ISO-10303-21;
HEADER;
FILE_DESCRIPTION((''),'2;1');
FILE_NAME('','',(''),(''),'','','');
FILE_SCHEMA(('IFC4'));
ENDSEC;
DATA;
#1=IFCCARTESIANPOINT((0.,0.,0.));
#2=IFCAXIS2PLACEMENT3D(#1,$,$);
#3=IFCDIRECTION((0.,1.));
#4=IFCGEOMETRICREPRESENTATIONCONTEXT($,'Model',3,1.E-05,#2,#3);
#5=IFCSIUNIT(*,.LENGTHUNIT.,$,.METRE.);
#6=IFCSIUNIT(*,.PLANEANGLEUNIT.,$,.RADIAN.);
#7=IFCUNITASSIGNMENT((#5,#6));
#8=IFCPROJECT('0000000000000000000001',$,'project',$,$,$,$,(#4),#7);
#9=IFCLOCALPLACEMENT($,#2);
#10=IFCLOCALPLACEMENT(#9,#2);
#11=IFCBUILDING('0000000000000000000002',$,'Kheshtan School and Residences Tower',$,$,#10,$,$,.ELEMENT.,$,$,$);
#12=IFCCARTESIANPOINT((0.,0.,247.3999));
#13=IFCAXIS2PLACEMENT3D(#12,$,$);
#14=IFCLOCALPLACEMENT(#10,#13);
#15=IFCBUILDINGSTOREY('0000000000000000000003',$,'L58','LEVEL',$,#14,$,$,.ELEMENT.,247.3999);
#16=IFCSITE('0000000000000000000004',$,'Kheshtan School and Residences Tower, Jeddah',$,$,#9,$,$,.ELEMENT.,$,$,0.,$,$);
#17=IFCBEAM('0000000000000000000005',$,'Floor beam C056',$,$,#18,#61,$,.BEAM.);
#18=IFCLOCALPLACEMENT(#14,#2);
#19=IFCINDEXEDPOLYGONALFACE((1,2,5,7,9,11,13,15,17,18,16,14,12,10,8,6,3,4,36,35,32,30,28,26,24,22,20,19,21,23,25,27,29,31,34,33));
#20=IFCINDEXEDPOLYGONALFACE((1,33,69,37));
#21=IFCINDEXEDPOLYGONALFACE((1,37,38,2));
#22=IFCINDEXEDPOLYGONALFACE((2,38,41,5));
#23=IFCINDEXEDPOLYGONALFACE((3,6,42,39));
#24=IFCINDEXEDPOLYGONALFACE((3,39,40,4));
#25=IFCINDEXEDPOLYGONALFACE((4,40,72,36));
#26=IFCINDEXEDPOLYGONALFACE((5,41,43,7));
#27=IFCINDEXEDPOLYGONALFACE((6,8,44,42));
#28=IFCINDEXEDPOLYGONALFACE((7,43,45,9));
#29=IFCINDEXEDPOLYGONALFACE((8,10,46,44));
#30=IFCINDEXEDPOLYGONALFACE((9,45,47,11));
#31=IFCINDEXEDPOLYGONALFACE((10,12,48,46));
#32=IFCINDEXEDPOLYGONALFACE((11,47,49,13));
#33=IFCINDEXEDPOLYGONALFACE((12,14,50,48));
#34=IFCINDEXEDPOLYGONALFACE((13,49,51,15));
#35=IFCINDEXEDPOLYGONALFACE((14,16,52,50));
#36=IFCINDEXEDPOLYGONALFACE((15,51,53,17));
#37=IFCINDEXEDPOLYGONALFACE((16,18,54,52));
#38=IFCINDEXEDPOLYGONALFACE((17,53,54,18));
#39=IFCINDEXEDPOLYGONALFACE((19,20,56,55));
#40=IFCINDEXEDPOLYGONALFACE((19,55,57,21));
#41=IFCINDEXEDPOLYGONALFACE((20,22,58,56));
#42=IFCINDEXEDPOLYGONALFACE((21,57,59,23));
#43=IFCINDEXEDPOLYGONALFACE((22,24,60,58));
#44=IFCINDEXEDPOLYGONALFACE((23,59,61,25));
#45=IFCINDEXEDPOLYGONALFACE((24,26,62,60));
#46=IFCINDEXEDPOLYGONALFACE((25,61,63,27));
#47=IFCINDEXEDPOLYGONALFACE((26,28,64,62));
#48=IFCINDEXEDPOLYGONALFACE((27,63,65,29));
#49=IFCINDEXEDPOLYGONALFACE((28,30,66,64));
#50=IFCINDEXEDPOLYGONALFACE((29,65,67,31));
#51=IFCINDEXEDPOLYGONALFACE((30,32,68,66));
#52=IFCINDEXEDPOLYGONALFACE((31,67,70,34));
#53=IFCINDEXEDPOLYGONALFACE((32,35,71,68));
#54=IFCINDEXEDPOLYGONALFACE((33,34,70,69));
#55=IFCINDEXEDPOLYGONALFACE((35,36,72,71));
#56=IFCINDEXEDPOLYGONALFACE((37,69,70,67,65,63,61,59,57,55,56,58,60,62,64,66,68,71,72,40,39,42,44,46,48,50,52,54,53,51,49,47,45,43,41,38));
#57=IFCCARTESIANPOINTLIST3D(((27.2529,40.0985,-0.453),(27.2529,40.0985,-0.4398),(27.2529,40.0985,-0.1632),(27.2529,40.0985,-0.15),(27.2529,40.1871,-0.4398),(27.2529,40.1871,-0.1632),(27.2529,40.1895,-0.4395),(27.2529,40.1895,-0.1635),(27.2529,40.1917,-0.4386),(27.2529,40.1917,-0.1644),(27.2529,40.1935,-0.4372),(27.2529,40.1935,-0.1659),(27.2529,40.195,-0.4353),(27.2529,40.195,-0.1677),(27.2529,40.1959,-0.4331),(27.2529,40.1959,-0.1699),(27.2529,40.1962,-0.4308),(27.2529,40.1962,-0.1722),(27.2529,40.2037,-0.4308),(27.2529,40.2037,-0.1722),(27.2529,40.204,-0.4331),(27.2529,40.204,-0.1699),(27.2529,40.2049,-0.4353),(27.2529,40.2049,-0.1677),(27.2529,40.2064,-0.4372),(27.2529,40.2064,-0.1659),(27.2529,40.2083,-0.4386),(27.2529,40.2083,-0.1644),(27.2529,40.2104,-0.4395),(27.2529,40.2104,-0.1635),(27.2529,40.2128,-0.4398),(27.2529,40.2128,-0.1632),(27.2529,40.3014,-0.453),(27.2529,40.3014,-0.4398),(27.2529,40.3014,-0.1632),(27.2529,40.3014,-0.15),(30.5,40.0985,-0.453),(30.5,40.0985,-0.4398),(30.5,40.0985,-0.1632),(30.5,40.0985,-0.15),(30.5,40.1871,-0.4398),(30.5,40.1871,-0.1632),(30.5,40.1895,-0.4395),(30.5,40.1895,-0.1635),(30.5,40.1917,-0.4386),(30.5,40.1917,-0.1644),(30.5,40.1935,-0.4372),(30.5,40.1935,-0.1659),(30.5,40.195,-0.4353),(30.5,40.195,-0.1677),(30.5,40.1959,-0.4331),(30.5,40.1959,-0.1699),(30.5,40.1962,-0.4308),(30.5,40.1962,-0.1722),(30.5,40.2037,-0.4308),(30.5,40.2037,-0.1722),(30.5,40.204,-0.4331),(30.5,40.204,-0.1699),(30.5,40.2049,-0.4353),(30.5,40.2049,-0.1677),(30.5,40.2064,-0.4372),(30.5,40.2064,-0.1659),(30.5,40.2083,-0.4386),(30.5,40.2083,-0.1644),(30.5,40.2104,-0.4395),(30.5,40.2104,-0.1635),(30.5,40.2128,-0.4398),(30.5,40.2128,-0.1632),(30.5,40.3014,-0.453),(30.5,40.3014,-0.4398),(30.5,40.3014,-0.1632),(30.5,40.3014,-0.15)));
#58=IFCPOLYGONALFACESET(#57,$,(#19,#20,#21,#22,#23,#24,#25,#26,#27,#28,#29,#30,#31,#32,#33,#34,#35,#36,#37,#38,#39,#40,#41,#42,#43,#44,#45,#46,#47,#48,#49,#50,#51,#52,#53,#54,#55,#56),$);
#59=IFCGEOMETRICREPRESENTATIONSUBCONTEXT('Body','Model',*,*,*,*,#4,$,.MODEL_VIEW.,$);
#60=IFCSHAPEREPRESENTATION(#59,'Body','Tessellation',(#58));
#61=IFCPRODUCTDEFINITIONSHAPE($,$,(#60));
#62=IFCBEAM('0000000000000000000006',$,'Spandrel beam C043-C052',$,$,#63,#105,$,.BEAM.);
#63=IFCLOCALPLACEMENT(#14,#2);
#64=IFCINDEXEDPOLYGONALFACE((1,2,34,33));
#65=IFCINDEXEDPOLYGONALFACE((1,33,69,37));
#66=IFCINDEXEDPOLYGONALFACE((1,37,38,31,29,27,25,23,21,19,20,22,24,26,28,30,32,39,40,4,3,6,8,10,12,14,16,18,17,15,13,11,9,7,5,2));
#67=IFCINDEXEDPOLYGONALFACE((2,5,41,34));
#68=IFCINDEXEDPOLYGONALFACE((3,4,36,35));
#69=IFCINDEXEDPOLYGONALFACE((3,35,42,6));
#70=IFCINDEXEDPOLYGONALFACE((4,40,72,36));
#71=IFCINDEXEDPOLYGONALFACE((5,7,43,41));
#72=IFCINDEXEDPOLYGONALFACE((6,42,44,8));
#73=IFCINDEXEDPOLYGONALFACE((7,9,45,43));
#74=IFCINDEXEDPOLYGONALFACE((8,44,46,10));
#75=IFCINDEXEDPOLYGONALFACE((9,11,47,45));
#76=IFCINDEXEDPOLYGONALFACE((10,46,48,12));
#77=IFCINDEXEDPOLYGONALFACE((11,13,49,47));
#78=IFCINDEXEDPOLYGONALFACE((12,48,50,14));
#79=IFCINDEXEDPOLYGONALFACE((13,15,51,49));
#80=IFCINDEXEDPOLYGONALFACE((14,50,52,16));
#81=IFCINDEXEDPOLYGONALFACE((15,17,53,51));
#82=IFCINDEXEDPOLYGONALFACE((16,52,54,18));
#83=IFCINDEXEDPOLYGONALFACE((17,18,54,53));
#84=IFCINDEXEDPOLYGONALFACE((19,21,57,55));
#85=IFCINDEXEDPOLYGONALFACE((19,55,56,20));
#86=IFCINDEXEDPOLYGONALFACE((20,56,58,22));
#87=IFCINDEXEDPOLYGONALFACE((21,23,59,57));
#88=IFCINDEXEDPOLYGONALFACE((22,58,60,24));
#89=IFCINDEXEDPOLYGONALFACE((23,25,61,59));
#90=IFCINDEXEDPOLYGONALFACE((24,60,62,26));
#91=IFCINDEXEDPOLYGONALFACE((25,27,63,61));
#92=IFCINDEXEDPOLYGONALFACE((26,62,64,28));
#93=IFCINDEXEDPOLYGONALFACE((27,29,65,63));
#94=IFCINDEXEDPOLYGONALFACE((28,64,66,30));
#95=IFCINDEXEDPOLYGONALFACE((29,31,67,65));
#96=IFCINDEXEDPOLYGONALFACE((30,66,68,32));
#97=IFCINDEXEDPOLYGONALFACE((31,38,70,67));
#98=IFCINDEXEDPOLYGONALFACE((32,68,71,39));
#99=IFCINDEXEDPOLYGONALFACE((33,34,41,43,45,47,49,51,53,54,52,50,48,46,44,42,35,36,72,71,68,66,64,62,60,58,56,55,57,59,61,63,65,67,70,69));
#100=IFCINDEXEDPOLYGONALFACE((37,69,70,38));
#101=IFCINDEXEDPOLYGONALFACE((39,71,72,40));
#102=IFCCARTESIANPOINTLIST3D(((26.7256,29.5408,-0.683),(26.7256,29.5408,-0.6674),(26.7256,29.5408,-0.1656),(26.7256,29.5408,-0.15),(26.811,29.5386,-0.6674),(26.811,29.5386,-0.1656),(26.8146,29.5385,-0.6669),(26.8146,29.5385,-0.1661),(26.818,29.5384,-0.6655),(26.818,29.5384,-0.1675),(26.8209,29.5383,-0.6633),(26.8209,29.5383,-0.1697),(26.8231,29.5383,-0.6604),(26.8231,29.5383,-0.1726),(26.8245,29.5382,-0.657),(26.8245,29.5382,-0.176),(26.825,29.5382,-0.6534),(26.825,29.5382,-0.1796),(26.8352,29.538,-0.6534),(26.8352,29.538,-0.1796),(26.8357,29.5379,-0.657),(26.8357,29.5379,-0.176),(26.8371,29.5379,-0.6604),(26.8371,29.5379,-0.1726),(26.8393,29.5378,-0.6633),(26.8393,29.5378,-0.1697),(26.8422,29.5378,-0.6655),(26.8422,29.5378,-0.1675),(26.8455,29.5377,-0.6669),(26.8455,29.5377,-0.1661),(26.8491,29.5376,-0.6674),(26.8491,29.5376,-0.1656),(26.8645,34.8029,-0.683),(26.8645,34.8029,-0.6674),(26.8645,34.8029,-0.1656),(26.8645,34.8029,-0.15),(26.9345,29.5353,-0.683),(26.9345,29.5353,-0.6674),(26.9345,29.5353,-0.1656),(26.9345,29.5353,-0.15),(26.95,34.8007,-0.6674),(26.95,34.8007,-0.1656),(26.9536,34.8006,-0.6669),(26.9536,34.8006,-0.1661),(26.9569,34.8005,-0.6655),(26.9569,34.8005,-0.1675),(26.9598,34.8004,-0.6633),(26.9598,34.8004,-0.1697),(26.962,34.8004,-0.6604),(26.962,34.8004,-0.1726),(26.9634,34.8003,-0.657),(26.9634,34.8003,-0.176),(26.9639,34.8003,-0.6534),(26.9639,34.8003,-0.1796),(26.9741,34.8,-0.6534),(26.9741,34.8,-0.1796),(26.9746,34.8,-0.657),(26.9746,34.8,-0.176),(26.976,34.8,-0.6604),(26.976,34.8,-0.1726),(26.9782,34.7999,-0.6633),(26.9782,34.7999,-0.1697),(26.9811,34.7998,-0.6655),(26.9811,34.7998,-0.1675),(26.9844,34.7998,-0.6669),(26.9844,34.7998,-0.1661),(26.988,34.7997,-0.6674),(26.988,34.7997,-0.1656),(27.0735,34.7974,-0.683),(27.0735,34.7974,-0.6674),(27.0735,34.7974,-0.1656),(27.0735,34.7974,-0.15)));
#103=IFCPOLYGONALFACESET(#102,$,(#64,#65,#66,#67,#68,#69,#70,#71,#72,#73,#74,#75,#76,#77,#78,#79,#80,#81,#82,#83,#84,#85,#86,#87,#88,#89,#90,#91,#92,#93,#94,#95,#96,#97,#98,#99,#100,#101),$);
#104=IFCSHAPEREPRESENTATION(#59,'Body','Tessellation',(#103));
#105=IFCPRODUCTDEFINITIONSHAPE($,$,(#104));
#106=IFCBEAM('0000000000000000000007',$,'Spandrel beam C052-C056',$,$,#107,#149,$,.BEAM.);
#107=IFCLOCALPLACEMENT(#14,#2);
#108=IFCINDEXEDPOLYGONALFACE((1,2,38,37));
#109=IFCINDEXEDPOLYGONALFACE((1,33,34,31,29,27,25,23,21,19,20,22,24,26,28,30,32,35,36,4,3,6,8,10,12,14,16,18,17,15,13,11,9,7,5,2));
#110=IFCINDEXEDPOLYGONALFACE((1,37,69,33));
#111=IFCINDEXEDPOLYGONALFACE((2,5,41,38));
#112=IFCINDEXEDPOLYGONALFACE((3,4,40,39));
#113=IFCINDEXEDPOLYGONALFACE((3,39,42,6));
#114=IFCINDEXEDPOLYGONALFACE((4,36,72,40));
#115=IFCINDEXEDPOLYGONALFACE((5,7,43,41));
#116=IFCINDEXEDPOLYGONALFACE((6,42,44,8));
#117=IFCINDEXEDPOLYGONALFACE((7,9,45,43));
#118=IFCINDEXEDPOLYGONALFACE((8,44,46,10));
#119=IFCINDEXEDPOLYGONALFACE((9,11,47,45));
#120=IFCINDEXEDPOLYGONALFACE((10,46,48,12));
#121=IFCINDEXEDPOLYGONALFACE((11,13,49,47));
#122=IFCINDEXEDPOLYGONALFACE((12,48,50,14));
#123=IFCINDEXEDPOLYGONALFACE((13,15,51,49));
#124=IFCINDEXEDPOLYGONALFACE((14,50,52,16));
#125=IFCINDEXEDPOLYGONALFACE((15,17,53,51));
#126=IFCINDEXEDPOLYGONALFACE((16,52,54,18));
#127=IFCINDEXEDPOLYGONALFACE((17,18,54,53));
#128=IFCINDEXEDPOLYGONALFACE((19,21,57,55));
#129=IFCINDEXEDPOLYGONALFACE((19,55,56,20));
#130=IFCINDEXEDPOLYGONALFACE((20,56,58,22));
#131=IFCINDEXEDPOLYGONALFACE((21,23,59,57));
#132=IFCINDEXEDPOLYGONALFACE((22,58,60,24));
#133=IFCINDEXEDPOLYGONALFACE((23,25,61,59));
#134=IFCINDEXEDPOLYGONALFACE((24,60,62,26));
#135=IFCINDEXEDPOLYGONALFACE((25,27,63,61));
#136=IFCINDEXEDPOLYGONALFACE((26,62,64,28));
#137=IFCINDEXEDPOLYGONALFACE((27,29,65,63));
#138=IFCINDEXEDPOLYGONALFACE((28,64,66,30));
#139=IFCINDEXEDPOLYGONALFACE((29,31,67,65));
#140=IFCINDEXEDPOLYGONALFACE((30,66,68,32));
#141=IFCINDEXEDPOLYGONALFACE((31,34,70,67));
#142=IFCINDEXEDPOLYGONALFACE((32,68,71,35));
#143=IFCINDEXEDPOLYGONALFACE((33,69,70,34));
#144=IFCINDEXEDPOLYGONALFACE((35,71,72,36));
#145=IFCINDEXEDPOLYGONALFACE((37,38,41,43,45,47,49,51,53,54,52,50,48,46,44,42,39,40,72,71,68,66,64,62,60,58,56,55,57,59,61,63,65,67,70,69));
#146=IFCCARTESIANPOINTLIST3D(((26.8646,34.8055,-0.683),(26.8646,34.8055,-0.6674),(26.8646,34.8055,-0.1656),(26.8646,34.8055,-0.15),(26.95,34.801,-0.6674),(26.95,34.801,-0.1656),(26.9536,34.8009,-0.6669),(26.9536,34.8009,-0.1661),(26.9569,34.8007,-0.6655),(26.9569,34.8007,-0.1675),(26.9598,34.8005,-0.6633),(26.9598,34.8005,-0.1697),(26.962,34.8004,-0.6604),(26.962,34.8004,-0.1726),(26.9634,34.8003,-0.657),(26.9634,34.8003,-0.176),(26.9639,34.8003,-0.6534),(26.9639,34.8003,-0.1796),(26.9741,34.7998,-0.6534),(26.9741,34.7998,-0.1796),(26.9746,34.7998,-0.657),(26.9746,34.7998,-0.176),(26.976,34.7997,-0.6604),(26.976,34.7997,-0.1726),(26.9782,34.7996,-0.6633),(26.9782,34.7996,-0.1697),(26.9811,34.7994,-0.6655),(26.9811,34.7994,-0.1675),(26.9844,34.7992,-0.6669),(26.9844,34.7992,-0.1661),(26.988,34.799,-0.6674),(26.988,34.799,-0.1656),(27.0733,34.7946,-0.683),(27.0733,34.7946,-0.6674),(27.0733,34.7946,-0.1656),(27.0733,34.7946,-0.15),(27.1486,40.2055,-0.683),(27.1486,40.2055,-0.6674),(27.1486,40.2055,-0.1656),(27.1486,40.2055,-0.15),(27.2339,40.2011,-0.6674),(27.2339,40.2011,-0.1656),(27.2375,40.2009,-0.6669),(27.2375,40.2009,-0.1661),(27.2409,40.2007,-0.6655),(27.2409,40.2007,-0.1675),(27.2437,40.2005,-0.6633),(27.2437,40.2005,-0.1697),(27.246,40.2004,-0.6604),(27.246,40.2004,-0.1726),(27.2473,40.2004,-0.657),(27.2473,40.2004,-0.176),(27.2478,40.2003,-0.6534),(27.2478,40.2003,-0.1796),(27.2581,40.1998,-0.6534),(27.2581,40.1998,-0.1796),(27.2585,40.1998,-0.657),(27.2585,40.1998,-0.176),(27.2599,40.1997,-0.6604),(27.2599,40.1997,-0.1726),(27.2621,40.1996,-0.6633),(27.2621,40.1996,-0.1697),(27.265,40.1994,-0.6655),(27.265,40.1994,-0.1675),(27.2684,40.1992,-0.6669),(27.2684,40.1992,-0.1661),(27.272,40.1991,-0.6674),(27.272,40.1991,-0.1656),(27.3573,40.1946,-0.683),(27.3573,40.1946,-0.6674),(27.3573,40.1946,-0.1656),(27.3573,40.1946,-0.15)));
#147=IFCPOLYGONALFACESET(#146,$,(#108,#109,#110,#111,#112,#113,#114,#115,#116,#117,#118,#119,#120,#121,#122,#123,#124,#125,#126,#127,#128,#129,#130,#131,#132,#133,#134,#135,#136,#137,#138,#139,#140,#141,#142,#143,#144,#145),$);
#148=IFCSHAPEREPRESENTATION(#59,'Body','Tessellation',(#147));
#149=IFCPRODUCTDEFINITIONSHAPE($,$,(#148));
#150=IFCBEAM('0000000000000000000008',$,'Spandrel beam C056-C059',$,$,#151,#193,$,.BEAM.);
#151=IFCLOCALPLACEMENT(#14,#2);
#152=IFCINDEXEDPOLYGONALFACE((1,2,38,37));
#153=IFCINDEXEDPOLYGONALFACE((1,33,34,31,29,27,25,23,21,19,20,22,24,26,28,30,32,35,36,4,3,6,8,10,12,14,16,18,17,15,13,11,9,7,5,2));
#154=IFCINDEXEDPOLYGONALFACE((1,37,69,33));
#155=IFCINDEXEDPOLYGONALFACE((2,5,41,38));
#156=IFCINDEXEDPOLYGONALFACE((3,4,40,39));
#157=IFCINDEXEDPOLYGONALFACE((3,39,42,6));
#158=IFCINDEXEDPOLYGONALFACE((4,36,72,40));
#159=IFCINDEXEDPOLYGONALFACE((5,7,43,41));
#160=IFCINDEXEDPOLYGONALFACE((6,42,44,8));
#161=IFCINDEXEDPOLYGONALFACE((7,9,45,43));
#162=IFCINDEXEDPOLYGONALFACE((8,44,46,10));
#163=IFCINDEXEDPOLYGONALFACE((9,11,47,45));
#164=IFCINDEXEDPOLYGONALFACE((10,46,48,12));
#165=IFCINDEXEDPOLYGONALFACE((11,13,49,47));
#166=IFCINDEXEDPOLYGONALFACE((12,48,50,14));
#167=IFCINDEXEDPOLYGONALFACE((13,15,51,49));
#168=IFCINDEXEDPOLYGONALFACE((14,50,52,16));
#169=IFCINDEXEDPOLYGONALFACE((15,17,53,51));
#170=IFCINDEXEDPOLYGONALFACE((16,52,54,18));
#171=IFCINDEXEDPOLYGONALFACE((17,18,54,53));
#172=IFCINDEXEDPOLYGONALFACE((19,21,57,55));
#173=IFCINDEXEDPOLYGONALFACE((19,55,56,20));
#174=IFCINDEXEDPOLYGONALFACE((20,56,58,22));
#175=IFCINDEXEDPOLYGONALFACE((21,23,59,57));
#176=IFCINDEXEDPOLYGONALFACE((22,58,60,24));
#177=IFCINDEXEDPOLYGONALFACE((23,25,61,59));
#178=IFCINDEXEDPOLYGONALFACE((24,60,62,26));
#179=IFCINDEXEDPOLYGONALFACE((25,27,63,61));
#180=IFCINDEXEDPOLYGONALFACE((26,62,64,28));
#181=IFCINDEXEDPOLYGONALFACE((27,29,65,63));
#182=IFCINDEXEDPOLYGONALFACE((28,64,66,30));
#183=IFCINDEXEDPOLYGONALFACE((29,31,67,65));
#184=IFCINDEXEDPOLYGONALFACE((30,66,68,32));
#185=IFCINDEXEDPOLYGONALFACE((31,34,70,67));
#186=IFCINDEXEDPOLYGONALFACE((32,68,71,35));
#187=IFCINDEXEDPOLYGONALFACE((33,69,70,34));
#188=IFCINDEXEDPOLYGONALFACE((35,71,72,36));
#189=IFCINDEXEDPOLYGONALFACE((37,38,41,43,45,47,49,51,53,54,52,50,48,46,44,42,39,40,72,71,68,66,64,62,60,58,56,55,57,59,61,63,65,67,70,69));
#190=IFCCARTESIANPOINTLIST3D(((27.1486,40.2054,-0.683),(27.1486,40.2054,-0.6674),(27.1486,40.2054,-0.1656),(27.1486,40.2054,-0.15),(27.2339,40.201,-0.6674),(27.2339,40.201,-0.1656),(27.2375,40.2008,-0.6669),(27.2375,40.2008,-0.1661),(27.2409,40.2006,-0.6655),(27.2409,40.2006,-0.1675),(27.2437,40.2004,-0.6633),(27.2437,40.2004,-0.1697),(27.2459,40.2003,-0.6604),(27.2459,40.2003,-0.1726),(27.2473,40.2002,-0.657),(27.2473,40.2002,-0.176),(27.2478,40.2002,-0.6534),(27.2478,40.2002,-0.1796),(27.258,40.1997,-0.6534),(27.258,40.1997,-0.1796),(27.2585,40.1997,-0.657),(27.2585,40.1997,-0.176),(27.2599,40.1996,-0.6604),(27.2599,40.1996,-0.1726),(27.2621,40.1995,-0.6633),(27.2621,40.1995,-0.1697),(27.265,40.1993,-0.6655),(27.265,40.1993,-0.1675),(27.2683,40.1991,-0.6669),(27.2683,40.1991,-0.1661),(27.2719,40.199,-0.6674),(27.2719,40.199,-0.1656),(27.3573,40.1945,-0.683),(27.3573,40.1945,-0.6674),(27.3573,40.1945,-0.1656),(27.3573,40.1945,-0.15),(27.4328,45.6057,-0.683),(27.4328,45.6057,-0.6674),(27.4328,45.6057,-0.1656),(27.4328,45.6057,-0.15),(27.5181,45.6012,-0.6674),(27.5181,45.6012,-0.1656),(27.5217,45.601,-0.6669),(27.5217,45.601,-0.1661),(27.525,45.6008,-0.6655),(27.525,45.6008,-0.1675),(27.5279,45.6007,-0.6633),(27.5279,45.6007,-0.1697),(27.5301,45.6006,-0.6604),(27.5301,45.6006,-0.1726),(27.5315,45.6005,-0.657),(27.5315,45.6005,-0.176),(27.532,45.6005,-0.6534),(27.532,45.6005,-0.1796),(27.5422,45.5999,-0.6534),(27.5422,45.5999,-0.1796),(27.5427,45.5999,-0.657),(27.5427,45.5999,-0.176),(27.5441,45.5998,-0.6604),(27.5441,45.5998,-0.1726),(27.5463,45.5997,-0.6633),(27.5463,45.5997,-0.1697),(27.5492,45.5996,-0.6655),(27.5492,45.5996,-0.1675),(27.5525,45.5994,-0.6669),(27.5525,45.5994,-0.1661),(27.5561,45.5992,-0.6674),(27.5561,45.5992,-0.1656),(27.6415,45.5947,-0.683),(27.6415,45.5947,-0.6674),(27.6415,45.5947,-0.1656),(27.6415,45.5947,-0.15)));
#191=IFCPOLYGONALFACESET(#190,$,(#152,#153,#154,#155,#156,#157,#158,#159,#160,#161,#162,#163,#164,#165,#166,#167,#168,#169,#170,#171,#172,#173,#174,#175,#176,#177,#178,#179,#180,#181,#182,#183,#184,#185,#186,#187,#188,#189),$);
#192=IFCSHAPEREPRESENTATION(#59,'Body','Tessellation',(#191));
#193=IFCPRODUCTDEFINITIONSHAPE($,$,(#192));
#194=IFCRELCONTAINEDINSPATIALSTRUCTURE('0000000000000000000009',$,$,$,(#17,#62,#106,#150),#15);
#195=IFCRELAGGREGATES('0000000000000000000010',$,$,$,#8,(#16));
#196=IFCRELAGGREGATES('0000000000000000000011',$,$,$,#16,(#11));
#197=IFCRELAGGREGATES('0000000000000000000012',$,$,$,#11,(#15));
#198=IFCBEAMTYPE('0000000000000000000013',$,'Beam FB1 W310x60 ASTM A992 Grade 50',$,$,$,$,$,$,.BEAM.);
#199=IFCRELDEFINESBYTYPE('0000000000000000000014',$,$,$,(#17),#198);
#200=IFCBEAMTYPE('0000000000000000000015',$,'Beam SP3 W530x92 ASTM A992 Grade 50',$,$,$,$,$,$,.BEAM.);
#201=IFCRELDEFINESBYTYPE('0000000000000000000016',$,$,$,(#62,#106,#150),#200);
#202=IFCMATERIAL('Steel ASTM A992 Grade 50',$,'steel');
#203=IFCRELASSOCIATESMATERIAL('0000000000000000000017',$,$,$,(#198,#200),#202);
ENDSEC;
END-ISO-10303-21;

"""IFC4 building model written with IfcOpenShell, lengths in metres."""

from ifc_helpers import new_model, si_unit, direction, frame, origin, origin_2d, place, context, subcontext, project, spatial, i_section, extrude, material, material_profile, profile_set, type_object, element, save


model = new_model("IFC4")

# Units and contexts
model_context = context("Model", 3, precision=1e-05, world=origin(), true_north=direction((0.0, 1.0)))
body_context = subcontext(model_context, "Body", "Model", "MODEL_VIEW")
ifc_project = project(units=[si_unit("LENGTHUNIT", "METRE"), si_unit("PLANEANGLEUNIT", "RADIAN")], contexts=[model_context])

# Site, building, storey
site_placement = place(None, origin())
site = spatial("IfcSite", under=ifc_project, at=site_placement, Name="Kheshtan School and Residences Tower, Jeddah", CompositionType="ELEMENT", RefElevation=0.0)
building_placement = place(site_placement, origin())
building = spatial("IfcBuilding", under=site, at=building_placement, Name="Kheshtan School and Residences Tower", CompositionType="ELEMENT")
storey_placement = place(building_placement, frame((0.0, 0.0, 247.3999)))
storey = spatial("IfcBuildingStorey", under=building, at=storey_placement, Name="L58", Description="LEVEL", CompositionType="ELEMENT", Elevation=247.3999)

# Shared definitions
ifc_material_1 = material(Name="Steel ASTM A992 Grade 50", Category="steel")

# Beams
ifc_material_profile_1 = material_profile(ifc_material_1, i_section(OverallWidth=0.2029, OverallDepth=0.303, WebThickness=0.0076, FlangeThickness=0.0132, FilletRadius=0.009, at=origin_2d()), Name="W310x60")
ifc_profile_set_1 = profile_set([ifc_material_profile_1], Name="Steel ASTM A992 Grade 50")
beam_type_1 = type_object("IfcBeamType", Name="Beam FB1 W310x60 ASTM A992 Grade 50", PredefinedType="BEAM", material=ifc_profile_set_1)
beam_1_placement = place(storey_placement, frame((27.2529, 40.2, -0.3015), z_axis=(1.0, 0.0, 0.0), x_axis=(0.0, 1.0, 0.0)))
element("IfcBeam", 1, at=beam_1_placement, inside=storey, type_object=beam_type_1, Name="Floor beam C056", PredefinedType="BEAM", context=body_context, shape_type="SweptSolid", body=[
    extrude(i_section(OverallWidth=0.2029, OverallDepth=0.303, WebThickness=0.0076, FlangeThickness=0.0132, FilletRadius=0.009, at=origin_2d()), origin(), (0.0, 0.0, 1.0), 3.2471),
])
ifc_material_profile_2 = material_profile(ifc_material_1, i_section(OverallWidth=0.209, OverallDepth=0.533, WebThickness=0.0103, FlangeThickness=0.0156, FilletRadius=0.0139, at=origin_2d()), Name="W530x92")
ifc_profile_set_2 = profile_set([ifc_material_profile_2], Name="Steel ASTM A992 Grade 50")
beam_type_2 = type_object("IfcBeamType", Name="Beam SP3 W530x92 ASTM A992 Grade 50", PredefinedType="BEAM", material=ifc_profile_set_2)
beam_2_placement = place(storey_placement, frame((26.8301, 29.5381, -0.4165), z_axis=(0.026391, 0.999652, 0.0), x_axis=(-0.999652, 0.026391, 0.0)))
element("IfcBeam", 2, at=beam_2_placement, inside=storey, type_object=beam_type_2, Name="Spandrel beam C043-C052", PredefinedType="BEAM", context=body_context, shape_type="SweptSolid", body=[
    extrude(i_section(OverallWidth=0.209, OverallDepth=0.533, WebThickness=0.0103, FlangeThickness=0.0156, FilletRadius=0.0139, at=origin_2d()), origin(), (0.0, 0.0, 1.0), 5.2639),
])
beam_3_placement = place(storey_placement, frame((26.969, 34.8, -0.4165), z_axis=(0.052509, 0.99862, 0.0), x_axis=(-0.99862, 0.052509, 0.0)))
element("IfcBeam", 3, at=beam_3_placement, inside=storey, type_object=beam_type_2, Name="Spandrel beam C052-C056", PredefinedType="BEAM", context=body_context, shape_type="SweptSolid", body=[
    extrude(i_section(OverallWidth=0.209, OverallDepth=0.533, WebThickness=0.0103, FlangeThickness=0.0156, FilletRadius=0.0139, at=origin_2d()), origin(), (0.0, 0.0, 1.0), 5.4075),
])
beam_4_placement = place(storey_placement, frame((27.2529, 40.2, -0.4165), z_axis=(0.052552, 0.998618, 0.0), x_axis=(-0.998618, 0.052552, 0.0)))
element("IfcBeam", 4, at=beam_4_placement, inside=storey, type_object=beam_type_2, Name="Spandrel beam C056-C059", PredefinedType="BEAM", context=body_context, shape_type="SweptSolid", body=[
    extrude(i_section(OverallWidth=0.209, OverallDepth=0.533, WebThickness=0.0103, FlangeThickness=0.0156, FilletRadius=0.0139, at=origin_2d()), origin(), (0.0, 0.0, 1.0), 5.4077),
])

save(model, "model.ifc")
